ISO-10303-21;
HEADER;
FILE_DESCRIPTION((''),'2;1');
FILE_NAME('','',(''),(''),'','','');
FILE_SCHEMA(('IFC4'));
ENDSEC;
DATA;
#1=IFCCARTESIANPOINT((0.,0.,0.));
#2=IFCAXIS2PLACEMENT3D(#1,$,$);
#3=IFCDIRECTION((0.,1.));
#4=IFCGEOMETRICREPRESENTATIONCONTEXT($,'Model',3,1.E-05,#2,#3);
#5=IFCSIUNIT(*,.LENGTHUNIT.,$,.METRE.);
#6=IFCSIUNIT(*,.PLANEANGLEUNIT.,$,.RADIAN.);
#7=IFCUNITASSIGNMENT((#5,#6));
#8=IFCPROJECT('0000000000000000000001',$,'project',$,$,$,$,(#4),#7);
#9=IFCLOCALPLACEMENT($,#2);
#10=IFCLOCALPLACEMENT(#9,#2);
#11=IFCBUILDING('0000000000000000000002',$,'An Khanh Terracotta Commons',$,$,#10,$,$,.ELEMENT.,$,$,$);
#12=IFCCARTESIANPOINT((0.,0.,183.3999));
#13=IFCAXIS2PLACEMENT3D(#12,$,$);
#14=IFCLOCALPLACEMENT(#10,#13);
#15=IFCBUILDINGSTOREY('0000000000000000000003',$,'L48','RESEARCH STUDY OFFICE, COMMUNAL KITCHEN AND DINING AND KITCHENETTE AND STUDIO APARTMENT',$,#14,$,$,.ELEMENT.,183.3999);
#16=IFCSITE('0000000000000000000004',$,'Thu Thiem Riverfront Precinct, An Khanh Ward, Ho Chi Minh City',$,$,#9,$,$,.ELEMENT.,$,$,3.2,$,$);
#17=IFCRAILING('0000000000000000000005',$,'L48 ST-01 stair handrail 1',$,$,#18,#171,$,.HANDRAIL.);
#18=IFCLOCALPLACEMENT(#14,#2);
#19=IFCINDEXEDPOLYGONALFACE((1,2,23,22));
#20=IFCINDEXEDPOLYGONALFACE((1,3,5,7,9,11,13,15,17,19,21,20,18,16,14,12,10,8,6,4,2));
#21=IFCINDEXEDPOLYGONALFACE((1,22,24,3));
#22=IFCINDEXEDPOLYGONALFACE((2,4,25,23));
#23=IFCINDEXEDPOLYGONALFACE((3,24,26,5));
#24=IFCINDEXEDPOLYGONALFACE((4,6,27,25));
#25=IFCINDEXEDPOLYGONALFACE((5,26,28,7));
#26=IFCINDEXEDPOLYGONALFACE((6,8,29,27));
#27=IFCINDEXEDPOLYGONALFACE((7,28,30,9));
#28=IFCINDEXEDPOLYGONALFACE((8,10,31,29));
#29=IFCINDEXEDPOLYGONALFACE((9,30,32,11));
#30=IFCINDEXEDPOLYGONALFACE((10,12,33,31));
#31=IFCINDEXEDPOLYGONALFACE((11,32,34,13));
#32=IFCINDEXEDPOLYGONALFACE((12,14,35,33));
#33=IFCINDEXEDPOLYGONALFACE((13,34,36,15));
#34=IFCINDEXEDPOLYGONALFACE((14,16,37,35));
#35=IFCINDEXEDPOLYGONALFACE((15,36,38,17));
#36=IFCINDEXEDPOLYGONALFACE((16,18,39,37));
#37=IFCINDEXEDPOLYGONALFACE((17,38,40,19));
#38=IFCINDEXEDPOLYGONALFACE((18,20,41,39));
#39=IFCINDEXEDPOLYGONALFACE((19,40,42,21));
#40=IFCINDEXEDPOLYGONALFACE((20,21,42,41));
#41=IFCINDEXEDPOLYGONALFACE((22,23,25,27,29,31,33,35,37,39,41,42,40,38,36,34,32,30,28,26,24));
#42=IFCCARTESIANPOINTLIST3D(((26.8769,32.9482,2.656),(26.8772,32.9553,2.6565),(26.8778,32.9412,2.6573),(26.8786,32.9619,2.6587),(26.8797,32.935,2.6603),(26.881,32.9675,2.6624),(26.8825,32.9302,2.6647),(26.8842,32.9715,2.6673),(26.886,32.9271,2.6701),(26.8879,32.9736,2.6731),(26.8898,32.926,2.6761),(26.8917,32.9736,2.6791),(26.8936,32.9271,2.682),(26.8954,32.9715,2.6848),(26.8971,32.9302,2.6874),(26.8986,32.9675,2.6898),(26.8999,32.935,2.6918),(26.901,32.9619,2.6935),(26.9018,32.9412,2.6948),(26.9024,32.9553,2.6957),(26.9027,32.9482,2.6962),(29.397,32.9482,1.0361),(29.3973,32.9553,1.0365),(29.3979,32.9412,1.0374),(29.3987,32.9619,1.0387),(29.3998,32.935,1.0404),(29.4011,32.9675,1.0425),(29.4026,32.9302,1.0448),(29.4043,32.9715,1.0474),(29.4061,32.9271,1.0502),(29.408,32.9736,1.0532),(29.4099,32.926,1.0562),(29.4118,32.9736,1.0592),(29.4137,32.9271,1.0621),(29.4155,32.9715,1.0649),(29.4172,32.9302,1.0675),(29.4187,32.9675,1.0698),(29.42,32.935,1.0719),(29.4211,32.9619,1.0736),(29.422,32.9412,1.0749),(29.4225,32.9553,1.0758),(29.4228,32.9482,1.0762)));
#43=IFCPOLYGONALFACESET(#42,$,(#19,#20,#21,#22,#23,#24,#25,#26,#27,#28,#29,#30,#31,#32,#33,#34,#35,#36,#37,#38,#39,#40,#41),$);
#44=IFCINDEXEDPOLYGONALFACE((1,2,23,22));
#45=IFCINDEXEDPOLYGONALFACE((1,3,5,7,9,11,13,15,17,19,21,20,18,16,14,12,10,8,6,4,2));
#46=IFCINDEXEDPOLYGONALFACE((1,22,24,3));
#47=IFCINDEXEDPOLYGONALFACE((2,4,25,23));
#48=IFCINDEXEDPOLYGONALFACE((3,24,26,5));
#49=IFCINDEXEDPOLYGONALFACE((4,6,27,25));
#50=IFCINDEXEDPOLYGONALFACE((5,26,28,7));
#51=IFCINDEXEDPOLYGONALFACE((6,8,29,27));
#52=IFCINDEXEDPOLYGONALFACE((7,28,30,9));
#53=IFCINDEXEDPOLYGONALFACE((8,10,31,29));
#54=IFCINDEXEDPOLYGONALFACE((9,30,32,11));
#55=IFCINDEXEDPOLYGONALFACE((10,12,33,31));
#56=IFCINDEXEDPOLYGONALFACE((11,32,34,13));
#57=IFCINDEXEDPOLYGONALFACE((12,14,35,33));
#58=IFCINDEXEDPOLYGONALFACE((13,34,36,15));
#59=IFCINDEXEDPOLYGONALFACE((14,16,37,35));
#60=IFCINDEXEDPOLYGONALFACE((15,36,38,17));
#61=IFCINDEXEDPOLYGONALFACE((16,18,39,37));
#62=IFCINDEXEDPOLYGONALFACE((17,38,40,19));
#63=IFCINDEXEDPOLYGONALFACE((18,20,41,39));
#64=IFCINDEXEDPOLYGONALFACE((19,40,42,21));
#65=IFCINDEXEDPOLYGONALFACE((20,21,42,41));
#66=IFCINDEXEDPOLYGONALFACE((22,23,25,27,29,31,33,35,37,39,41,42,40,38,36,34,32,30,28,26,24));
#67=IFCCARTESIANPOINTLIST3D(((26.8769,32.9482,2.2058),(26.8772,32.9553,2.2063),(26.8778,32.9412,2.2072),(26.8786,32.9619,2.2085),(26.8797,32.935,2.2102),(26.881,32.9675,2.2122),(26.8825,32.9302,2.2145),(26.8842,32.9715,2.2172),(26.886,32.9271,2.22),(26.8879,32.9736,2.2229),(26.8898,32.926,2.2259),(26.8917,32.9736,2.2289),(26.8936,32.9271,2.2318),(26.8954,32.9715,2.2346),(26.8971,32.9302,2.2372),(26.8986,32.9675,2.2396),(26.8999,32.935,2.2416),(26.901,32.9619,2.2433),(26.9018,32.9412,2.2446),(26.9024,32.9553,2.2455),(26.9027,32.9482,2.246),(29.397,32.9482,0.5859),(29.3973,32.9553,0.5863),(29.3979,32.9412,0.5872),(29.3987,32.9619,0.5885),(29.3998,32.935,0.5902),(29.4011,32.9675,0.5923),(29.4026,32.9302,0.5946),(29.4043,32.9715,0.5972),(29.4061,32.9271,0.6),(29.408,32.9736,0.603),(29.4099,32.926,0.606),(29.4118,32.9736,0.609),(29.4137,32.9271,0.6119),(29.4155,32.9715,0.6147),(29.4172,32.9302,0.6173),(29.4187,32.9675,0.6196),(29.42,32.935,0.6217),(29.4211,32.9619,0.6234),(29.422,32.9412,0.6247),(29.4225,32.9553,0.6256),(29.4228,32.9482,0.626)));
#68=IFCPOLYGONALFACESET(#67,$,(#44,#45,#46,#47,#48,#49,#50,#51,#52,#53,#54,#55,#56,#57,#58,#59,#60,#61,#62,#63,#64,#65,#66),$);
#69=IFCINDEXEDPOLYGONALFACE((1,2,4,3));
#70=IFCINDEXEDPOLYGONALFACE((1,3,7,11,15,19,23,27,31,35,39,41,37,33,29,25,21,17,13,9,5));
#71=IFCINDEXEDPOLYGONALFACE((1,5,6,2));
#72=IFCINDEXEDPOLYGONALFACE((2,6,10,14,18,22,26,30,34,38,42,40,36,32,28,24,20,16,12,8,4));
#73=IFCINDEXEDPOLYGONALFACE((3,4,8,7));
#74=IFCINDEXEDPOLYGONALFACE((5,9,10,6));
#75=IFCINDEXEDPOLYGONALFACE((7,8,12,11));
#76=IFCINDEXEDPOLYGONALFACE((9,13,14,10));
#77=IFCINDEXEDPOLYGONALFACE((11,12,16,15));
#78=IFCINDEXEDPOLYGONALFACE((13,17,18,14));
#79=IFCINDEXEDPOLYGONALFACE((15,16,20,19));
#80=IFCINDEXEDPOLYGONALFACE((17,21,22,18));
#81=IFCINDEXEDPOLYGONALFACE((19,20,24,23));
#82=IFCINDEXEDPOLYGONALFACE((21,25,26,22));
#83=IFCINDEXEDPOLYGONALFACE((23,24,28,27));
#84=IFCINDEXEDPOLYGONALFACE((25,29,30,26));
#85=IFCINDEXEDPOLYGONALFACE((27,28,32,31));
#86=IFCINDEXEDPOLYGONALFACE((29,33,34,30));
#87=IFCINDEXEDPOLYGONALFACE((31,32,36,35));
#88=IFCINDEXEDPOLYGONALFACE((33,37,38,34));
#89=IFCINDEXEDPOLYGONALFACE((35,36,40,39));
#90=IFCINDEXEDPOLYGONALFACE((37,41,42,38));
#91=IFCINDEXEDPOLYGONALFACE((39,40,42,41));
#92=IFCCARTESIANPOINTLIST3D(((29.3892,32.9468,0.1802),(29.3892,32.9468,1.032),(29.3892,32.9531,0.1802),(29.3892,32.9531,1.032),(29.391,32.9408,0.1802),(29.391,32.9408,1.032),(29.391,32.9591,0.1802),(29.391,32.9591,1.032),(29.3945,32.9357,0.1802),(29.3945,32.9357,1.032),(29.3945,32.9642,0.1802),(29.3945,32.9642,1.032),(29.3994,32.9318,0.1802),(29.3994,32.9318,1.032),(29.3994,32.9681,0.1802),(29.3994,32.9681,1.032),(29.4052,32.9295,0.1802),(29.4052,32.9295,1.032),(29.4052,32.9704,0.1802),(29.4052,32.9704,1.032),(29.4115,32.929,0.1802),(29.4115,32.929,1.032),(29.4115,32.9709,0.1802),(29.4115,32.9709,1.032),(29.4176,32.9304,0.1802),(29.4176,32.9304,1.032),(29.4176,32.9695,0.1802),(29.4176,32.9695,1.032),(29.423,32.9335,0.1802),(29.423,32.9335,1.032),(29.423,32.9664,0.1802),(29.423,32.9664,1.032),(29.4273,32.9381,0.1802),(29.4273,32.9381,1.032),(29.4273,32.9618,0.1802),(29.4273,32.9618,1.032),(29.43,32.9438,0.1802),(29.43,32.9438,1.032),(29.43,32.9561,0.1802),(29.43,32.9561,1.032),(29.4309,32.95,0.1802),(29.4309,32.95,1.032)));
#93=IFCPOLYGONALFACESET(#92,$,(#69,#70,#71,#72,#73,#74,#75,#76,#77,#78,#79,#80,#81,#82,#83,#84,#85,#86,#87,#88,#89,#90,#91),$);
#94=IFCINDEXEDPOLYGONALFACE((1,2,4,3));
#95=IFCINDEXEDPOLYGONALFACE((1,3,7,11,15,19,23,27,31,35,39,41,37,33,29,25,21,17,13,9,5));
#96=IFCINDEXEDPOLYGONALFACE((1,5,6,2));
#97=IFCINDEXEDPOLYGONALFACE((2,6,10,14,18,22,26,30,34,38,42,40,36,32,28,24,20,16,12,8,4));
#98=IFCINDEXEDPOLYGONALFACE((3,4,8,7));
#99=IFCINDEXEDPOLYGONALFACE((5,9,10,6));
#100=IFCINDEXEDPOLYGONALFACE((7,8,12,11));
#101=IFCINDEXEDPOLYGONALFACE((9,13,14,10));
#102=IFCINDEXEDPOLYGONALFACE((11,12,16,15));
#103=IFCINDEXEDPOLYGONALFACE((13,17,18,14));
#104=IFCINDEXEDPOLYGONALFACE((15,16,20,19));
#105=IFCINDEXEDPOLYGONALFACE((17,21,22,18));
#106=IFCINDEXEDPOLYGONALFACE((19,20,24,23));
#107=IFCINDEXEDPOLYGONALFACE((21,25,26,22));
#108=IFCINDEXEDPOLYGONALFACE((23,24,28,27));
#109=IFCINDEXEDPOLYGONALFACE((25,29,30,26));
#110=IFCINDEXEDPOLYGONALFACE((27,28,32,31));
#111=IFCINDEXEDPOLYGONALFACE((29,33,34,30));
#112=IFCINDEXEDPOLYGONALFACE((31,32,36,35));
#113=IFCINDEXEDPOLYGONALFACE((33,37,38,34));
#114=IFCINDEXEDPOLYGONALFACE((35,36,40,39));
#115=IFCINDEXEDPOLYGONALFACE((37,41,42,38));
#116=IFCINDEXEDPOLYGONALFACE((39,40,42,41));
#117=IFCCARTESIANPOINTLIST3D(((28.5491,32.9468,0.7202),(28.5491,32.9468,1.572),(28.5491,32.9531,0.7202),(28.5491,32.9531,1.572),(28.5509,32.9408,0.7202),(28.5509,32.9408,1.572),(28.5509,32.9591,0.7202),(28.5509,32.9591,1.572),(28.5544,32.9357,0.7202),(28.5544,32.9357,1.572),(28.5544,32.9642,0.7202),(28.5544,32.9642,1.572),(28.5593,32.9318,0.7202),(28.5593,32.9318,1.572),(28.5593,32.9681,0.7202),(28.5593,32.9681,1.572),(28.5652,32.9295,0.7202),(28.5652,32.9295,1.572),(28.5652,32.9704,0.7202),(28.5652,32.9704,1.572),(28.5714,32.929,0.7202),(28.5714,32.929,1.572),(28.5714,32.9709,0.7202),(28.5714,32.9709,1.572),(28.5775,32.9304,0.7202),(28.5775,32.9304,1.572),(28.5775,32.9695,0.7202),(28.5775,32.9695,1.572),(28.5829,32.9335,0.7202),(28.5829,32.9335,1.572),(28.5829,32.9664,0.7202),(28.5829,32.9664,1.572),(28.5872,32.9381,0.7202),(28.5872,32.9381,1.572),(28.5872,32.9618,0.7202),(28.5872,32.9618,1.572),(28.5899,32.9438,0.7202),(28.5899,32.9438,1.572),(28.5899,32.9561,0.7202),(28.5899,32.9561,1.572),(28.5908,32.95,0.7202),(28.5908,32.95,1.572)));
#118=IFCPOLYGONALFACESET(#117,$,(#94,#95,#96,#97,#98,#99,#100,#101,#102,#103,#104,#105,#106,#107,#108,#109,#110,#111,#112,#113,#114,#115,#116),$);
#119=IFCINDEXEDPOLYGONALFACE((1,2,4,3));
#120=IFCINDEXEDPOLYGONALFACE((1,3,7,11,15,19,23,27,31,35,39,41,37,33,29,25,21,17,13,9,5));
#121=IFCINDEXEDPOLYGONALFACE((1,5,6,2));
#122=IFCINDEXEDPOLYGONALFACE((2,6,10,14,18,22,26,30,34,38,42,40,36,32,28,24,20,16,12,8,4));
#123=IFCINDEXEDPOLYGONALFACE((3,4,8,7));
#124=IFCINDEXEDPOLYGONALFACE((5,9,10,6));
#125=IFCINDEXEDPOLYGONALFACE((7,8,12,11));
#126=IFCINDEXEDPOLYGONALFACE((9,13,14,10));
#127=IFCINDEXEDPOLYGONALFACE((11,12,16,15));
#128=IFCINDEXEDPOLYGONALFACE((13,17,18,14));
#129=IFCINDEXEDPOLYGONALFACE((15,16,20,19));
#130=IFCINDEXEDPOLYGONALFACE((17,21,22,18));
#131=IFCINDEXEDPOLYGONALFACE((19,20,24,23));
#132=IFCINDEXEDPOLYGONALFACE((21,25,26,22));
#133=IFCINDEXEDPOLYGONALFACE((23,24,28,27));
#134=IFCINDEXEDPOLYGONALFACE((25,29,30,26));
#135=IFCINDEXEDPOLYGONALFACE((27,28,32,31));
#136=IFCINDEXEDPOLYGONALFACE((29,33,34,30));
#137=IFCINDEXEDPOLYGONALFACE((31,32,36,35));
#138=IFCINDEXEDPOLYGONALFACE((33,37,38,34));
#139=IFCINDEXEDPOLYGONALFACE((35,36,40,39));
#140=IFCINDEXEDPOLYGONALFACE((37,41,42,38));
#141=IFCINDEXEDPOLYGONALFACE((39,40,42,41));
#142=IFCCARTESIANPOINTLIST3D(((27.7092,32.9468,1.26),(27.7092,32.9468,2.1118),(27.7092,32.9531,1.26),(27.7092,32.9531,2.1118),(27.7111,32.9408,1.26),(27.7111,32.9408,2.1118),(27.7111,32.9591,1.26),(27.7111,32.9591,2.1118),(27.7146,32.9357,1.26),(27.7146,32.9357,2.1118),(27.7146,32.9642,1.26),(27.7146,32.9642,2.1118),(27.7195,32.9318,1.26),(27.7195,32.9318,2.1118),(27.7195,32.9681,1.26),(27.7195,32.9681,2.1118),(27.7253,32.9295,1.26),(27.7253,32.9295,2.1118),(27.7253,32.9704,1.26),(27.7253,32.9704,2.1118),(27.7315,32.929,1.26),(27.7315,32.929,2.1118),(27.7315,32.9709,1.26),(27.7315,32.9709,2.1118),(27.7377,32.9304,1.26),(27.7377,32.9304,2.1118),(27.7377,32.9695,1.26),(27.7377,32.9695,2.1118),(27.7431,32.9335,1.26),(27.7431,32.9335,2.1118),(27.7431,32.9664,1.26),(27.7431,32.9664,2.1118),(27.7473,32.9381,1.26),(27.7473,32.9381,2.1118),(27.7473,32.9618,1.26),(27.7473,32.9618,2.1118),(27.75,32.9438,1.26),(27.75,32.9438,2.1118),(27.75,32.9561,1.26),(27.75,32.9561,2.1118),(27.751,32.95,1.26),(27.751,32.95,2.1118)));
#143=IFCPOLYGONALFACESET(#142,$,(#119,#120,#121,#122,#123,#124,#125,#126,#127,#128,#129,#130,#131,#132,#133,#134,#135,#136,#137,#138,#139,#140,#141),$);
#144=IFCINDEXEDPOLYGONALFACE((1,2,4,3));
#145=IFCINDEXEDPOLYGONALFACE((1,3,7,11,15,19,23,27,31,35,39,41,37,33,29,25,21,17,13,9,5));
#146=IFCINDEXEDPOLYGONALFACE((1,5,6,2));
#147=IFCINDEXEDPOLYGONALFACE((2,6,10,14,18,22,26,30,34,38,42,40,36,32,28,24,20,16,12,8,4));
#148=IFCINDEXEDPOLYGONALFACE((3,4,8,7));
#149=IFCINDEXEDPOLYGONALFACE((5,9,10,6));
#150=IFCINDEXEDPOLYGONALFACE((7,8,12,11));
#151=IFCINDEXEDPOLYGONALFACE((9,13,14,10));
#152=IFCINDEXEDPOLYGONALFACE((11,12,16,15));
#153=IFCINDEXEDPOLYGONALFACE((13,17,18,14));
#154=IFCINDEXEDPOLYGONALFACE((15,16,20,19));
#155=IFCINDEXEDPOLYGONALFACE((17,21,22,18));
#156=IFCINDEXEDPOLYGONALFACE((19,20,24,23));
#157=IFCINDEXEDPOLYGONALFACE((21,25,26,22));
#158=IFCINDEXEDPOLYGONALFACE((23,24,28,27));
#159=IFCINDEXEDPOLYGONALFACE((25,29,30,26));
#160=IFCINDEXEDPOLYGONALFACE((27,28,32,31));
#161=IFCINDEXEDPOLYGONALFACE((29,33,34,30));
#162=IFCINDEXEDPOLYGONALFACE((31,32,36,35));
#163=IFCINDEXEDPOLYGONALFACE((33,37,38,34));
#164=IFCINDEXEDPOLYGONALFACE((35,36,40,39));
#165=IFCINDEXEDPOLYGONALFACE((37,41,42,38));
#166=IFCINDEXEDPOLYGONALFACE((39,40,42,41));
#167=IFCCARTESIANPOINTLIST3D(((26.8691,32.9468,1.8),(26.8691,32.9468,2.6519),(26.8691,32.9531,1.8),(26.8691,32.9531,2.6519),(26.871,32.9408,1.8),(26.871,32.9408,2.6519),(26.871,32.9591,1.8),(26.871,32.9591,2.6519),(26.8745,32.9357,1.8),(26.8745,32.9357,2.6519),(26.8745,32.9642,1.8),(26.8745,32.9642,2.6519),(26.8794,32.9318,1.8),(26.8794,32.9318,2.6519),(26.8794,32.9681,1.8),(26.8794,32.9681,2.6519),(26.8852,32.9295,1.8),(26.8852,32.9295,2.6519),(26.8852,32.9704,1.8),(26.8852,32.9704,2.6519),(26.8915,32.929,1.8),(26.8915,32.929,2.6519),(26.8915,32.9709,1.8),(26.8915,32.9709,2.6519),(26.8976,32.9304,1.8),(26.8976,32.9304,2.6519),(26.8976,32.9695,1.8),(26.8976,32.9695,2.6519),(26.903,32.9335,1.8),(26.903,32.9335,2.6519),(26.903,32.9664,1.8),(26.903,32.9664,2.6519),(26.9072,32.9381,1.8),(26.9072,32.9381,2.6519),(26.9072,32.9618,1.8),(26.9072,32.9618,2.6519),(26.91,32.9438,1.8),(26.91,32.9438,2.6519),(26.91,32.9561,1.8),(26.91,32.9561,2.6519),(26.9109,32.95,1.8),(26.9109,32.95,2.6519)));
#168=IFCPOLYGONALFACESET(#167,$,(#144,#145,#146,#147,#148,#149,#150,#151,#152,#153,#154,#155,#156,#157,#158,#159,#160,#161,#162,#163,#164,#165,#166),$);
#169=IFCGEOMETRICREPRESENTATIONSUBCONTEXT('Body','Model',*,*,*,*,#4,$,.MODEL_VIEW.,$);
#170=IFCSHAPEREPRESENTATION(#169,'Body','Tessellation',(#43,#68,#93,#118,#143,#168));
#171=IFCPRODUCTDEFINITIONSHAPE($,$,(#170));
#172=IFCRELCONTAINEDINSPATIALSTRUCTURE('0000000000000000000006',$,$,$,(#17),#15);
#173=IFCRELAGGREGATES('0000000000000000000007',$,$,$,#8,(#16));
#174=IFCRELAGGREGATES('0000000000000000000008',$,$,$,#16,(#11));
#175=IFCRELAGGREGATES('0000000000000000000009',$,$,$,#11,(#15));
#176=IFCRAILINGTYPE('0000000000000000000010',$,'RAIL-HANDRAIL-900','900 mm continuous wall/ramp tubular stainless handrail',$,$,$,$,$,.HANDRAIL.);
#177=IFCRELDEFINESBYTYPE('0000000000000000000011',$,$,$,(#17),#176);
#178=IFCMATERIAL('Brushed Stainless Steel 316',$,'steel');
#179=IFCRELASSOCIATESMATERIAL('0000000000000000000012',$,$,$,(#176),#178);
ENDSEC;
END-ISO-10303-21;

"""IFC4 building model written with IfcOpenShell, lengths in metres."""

from ifc_helpers import new_model, si_unit, direction, frame, origin, origin_2d, place, context, subcontext, project, spatial, circle, extrude, material, type_object, element, save


model = new_model("IFC4")

# Units and contexts
model_context = context("Model", 3, precision=1e-05, world=origin(), true_north=direction((0.0, 1.0)))
body_context = subcontext(model_context, "Body", "Model", "MODEL_VIEW")
ifc_project = project(units=[si_unit("LENGTHUNIT", "METRE"), si_unit("PLANEANGLEUNIT", "RADIAN")], contexts=[model_context])

# Site, building, storey
site_placement = place(None, origin())
site = spatial("IfcSite", under=ifc_project, at=site_placement, Name="Thu Thiem Riverfront Precinct, An Khanh Ward, Ho Chi Minh City", CompositionType="ELEMENT", RefElevation=3.2)
building_placement = place(site_placement, origin())
building = spatial("IfcBuilding", under=site, at=building_placement, Name="An Khanh Terracotta Commons", CompositionType="ELEMENT")
storey_placement = place(building_placement, frame((0.0, 0.0, 183.3999)))
storey = spatial("IfcBuildingStorey", under=building, at=storey_placement, Name="L48", Description="RESEARCH STUDY OFFICE, COMMUNAL KITCHEN AND DINING AND KITCHENETTE AND STUDIO APARTMENT", CompositionType="ELEMENT", Elevation=183.3999)

# Railing
ifc_material_1 = material(Name="Brushed Stainless Steel 316", Category="steel")
railing_type_1 = type_object("IfcRailingType", Name="RAIL-HANDRAIL-900", Description="900 mm continuous wall/ramp tubular stainless handrail", PredefinedType="HANDRAIL", material=ifc_material_1)
railing_1_placement = place(storey_placement, frame((29.4099, 32.95, 0.1802)))
element("IfcRailing", 1, at=railing_1_placement, inside=storey, type_object=railing_type_1, Name="L48 ST-01 stair handrail 1", PredefinedType="HANDRAIL", context=body_context, shape_type="SweptSolid", body=[
    extrude(circle(Radius=0.0239, at=origin_2d()), frame((0.0, 0.0, 0.876), z_axis=(-0.8412, 0.0, 0.540725), x_axis=(0.0, -1.0, 0.0)), (0.0, 0.0, 1.0), 2.9958),
    extrude(circle(Radius=0.0239, at=origin_2d()), frame((0.0, 0.0, 0.4258), z_axis=(-0.8412, 0.0, 0.540725), x_axis=(0.0, -1.0, 0.0)), (0.0, 0.0, 1.0), 2.9958),
    extrude(circle(Radius=0.021, at=origin_2d()), origin(), (0.0, 0.0, 1.0), 0.8518),
    extrude(circle(Radius=0.021, at=origin_2d()), frame((-0.8401, 0.0, 0.54)), (0.0, 0.0, 1.0), 0.8518),
    extrude(circle(Radius=0.021, at=origin_2d()), frame((-1.6799, 0.0, 1.0798)), (0.0, 0.0, 1.0), 0.8518),
    extrude(circle(Radius=0.021, at=origin_2d()), frame((-2.52, 0.0, 1.6199)), (0.0, 0.0, 1.0), 0.8518),
])

save(model, "model.ifc")
